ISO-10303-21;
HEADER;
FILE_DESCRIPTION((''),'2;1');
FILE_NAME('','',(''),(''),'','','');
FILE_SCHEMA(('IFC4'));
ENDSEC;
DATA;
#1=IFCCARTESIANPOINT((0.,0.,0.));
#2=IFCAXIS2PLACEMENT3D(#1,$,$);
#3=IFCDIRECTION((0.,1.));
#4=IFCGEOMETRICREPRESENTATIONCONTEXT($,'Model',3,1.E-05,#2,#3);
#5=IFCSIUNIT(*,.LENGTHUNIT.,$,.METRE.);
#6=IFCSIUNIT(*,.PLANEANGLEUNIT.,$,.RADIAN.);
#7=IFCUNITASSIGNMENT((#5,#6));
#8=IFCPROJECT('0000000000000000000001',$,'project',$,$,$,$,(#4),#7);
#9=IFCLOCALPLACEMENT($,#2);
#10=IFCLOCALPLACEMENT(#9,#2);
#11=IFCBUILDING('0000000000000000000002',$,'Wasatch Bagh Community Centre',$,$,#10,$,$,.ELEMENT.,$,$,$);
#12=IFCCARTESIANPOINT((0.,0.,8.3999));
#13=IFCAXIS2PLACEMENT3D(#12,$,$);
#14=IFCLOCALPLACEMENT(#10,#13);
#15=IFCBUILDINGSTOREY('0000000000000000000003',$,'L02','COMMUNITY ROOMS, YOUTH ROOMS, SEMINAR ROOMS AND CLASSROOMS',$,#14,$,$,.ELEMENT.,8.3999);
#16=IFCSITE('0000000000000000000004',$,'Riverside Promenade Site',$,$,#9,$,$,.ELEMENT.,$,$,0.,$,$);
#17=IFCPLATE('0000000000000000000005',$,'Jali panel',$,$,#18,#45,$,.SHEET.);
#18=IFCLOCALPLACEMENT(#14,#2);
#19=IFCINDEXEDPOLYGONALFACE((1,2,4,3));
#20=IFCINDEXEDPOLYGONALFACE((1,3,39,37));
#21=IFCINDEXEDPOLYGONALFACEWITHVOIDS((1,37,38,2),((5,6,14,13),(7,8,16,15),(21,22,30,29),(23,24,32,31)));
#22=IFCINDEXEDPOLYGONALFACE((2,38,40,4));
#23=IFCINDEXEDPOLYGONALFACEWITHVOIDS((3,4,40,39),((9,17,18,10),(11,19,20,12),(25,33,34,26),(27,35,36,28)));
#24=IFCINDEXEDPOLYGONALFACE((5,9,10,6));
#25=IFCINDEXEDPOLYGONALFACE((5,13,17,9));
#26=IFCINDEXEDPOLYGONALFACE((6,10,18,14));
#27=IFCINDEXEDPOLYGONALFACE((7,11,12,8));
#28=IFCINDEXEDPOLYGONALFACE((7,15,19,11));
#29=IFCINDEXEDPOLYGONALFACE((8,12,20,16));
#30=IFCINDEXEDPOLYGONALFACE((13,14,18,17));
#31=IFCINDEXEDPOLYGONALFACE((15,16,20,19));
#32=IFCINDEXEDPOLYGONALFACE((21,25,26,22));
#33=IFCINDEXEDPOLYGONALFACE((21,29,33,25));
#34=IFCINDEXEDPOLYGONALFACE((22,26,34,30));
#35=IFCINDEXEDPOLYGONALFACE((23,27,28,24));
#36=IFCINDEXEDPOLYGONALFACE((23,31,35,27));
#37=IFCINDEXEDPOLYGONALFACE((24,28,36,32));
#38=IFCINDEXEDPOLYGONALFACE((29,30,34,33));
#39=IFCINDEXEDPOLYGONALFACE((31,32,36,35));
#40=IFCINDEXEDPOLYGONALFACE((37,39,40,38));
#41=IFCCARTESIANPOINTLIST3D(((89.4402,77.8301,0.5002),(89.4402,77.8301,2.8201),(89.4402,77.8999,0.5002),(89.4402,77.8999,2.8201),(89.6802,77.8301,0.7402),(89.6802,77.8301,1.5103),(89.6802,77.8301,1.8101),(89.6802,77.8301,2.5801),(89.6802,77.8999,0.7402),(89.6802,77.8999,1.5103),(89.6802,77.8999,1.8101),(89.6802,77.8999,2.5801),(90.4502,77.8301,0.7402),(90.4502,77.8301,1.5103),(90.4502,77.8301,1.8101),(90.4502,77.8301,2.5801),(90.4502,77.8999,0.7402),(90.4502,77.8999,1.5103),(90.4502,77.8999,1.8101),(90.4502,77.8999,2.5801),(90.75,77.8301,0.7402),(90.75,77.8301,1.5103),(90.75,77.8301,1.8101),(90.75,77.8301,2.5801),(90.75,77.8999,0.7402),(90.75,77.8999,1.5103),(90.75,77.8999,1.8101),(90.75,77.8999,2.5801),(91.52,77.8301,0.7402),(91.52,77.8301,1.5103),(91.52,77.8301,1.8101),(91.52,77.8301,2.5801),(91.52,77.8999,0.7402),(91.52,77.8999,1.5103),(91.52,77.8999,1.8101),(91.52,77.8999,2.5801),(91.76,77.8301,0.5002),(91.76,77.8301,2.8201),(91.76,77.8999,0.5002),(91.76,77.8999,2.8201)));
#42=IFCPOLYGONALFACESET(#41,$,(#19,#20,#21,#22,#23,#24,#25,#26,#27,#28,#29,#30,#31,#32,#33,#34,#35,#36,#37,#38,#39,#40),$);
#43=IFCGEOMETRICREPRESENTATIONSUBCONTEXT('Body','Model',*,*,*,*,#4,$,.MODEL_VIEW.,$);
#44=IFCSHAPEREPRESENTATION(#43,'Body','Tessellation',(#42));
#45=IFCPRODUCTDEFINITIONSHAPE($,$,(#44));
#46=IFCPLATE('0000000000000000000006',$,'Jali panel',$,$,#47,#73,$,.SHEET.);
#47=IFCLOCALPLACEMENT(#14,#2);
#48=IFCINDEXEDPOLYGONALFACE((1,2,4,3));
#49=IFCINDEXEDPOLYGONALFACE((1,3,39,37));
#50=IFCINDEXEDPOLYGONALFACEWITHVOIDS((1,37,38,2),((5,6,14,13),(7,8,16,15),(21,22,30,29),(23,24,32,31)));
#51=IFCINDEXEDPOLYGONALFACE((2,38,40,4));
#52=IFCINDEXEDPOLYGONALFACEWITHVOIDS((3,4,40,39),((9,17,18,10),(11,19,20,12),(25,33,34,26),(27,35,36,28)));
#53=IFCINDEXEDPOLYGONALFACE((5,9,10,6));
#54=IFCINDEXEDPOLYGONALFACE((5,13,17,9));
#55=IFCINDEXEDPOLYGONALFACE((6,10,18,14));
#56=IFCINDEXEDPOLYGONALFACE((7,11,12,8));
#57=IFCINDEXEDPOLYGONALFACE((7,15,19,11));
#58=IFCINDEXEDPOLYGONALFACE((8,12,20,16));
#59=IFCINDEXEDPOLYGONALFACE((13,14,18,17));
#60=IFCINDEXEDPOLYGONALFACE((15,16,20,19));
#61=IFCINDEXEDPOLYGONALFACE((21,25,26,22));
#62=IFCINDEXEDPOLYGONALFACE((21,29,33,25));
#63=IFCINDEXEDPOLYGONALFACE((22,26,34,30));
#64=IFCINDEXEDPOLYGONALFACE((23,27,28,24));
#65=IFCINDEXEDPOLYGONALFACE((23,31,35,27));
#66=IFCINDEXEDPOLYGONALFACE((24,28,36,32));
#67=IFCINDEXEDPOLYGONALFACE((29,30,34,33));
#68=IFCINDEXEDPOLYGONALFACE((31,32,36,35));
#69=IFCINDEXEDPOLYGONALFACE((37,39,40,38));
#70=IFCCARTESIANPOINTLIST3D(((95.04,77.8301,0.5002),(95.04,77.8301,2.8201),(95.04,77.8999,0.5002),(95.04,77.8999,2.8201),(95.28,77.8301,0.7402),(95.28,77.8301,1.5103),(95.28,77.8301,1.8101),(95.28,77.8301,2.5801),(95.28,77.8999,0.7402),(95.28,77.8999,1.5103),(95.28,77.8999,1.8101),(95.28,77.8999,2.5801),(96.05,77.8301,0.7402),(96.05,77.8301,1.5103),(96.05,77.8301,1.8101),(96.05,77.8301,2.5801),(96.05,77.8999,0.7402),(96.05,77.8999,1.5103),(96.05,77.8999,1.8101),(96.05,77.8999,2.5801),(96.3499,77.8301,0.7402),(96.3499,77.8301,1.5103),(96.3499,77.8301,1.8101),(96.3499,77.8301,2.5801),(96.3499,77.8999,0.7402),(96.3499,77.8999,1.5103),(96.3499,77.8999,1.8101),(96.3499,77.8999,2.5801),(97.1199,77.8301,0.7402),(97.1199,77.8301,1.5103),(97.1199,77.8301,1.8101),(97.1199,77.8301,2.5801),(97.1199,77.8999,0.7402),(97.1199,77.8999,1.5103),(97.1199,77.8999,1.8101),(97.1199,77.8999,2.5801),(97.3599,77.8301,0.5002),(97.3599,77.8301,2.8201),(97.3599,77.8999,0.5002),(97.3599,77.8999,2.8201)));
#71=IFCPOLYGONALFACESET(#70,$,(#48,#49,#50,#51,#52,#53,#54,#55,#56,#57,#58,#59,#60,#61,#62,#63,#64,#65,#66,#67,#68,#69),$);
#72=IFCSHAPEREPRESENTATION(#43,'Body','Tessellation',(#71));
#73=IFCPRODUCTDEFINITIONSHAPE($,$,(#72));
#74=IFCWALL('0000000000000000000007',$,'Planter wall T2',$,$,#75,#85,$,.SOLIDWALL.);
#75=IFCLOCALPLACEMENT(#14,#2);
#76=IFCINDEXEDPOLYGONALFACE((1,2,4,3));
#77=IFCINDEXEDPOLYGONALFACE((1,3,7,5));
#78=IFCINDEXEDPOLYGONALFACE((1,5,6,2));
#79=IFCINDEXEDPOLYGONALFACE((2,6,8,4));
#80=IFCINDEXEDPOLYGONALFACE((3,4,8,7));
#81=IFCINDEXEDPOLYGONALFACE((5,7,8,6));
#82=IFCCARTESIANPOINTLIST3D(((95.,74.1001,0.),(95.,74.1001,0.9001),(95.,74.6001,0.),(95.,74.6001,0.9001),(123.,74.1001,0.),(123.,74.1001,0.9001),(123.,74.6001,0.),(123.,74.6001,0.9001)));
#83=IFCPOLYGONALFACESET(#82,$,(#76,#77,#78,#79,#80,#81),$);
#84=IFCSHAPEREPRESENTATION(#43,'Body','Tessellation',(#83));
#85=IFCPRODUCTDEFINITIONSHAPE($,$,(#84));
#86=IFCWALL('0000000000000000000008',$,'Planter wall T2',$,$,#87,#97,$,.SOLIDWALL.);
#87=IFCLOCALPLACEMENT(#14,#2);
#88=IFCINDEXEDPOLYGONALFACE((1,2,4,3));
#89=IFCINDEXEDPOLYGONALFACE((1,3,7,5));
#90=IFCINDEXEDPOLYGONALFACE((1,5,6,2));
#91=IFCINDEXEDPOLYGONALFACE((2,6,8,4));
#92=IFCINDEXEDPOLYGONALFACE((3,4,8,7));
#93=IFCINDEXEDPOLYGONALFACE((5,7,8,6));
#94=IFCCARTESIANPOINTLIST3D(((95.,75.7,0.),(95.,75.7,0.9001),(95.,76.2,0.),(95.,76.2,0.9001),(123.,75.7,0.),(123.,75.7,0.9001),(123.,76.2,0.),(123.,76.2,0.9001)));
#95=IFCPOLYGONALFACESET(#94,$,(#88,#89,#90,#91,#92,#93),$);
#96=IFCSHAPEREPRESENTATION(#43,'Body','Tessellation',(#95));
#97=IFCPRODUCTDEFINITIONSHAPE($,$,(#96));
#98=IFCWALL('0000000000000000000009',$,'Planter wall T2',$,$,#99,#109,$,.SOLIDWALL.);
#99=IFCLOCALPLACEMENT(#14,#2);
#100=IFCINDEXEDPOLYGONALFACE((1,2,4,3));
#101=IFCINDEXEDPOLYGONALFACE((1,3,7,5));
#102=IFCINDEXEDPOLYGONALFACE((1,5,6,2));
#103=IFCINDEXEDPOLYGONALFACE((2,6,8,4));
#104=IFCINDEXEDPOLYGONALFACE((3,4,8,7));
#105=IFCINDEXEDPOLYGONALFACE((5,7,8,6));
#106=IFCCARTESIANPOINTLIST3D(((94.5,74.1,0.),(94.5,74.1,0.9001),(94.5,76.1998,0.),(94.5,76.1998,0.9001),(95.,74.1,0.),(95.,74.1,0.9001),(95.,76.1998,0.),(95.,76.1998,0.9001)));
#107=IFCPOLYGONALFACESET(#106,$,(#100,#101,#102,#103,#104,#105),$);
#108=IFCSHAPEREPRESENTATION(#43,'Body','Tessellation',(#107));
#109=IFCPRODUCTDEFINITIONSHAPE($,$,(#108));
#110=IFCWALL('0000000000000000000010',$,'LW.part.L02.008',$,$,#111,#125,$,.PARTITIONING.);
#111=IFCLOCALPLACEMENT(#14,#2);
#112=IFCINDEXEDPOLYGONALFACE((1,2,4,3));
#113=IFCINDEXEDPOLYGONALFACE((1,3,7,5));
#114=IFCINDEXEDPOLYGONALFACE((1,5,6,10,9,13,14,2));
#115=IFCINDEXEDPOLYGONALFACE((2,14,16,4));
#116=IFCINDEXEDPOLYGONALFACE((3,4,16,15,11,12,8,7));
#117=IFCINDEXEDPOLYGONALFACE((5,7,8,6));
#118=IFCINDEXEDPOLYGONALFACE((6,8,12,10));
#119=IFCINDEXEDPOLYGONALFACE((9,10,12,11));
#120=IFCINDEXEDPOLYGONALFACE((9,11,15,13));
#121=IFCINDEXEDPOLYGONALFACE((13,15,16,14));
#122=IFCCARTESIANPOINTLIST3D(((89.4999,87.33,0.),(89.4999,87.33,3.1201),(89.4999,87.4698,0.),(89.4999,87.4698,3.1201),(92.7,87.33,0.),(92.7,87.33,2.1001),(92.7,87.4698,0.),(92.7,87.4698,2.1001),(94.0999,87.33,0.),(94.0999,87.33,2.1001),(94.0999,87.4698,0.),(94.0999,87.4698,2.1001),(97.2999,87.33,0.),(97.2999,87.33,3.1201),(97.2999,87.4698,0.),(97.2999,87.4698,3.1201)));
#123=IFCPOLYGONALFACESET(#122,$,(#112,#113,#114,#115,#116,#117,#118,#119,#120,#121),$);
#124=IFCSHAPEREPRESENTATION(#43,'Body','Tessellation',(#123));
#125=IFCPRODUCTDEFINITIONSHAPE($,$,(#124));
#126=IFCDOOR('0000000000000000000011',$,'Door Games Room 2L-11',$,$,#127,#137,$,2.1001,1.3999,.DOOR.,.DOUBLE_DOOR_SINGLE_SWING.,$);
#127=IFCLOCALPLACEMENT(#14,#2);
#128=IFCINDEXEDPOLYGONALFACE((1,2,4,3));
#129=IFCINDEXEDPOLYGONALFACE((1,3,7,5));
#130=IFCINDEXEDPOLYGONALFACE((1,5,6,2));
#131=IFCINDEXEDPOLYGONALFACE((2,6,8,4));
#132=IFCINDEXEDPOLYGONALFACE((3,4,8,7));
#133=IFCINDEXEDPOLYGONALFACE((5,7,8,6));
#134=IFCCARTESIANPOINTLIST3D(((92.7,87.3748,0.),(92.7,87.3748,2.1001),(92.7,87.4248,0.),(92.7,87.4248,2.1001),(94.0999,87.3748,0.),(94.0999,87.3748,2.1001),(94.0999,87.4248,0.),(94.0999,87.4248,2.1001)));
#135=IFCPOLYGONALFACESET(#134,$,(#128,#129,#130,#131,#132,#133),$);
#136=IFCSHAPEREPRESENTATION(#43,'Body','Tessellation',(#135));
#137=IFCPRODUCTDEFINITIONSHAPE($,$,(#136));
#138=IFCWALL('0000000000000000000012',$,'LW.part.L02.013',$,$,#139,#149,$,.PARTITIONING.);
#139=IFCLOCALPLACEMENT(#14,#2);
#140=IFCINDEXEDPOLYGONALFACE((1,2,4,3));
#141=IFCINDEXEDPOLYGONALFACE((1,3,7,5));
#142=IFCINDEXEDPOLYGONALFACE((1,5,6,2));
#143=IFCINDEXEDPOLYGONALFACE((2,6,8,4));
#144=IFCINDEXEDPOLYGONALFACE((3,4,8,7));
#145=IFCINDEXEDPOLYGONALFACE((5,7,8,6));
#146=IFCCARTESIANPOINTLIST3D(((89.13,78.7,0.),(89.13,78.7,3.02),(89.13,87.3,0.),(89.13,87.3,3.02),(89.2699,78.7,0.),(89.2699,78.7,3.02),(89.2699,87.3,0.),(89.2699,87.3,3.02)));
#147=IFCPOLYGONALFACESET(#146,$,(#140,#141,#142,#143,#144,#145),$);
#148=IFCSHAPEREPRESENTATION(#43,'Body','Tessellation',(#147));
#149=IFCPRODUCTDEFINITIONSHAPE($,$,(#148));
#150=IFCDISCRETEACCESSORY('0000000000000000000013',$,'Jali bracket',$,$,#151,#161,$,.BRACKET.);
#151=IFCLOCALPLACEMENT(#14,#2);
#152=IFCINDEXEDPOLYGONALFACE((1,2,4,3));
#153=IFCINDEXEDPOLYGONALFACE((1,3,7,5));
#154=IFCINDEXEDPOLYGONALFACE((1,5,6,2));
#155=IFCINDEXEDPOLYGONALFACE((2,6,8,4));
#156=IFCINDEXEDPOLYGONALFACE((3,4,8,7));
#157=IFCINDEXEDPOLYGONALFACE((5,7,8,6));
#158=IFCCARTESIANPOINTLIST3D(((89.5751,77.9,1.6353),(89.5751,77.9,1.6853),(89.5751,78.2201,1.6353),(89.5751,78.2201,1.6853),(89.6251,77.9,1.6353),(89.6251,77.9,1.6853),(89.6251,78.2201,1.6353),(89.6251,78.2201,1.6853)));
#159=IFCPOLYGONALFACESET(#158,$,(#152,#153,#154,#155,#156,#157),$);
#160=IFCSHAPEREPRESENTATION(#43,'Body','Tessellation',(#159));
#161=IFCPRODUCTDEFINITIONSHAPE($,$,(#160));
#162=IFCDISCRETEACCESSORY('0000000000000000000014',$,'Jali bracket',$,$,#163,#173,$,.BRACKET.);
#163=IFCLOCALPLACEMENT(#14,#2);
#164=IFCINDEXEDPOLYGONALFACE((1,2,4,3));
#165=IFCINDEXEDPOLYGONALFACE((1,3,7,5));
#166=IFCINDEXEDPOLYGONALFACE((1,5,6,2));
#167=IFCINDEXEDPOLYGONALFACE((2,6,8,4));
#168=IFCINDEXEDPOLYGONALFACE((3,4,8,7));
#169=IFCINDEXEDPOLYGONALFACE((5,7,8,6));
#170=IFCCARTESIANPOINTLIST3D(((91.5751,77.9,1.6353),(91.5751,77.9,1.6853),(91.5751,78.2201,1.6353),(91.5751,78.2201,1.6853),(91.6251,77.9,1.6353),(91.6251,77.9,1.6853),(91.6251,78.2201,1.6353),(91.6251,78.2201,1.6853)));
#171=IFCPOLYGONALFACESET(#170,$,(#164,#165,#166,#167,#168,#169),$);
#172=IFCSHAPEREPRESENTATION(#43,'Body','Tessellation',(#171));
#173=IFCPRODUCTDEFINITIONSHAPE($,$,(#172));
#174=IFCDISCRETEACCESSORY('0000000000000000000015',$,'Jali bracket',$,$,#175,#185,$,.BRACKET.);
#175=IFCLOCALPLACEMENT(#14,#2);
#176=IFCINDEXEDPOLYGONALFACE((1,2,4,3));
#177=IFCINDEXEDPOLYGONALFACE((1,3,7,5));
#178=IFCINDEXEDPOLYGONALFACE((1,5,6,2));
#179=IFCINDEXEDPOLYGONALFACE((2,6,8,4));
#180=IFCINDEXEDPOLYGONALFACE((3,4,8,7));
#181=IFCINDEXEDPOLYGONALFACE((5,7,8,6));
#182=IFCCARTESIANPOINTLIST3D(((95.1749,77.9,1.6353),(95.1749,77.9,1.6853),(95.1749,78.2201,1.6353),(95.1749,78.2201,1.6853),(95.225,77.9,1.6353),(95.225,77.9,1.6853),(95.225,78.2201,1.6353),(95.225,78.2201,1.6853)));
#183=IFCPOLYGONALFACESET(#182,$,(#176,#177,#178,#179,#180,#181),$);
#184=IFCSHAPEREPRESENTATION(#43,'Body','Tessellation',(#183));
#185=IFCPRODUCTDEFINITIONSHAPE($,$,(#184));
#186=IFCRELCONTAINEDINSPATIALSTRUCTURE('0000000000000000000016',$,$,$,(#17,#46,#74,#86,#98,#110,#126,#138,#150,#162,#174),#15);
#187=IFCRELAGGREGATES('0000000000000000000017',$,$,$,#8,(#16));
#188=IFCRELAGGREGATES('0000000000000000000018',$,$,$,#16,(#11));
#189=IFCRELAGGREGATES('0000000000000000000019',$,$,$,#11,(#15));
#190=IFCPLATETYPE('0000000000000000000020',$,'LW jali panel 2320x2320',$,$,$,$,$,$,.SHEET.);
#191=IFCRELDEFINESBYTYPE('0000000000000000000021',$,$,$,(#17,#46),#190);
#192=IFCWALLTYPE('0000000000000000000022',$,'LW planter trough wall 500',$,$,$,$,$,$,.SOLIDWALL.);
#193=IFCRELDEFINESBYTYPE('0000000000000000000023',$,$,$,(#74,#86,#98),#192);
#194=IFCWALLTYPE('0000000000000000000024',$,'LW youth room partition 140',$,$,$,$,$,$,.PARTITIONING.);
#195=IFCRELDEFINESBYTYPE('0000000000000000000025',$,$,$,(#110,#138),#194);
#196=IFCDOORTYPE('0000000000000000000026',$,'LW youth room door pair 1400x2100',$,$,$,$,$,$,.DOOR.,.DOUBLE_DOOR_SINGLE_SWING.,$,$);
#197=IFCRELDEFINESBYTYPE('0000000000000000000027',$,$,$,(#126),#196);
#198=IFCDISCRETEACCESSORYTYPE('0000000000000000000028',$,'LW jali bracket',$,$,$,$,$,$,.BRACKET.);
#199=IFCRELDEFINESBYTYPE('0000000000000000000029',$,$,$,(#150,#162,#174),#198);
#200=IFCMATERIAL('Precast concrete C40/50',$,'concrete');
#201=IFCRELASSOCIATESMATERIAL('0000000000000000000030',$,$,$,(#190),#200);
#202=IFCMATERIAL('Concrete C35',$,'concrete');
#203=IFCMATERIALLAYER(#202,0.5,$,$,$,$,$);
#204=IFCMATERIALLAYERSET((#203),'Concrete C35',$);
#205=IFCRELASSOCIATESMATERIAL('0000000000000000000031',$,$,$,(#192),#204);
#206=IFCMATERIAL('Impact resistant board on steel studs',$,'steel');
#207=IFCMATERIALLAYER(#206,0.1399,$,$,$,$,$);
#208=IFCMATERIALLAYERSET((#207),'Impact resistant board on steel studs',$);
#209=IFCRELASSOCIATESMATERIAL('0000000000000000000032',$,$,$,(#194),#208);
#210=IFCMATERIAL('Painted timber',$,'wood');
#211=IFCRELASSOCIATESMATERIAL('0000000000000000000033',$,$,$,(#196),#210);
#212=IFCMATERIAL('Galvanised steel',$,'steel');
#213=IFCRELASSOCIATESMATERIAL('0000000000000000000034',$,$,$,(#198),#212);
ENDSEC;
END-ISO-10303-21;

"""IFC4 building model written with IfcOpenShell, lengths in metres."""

from ifc_helpers import new_model, si_unit, direction, frame, frame_2d, origin, origin_2d, place, context, subcontext, project, spatial, polyline, rectangle, outline, extrude, material, layer, layer_set, material_profile, profile_set, type_object, element, fill, save


model = new_model("IFC4")

# Units and contexts
model_context = context("Model", 3, precision=1e-05, world=origin(), true_north=direction((0.0, 1.0)))
body_context = subcontext(model_context, "Body", "Model", "MODEL_VIEW")
ifc_project = project(units=[si_unit("LENGTHUNIT", "METRE"), si_unit("PLANEANGLEUNIT", "RADIAN")], contexts=[model_context])

# Site, building, storey
site_placement = place(None, origin())
site = spatial("IfcSite", under=ifc_project, at=site_placement, Name="Riverside Promenade Site", CompositionType="ELEMENT", RefElevation=0.0)
building_placement = place(site_placement, origin())
building = spatial("IfcBuilding", under=site, at=building_placement, Name="Wasatch Bagh Community Centre", CompositionType="ELEMENT")
storey_placement = place(building_placement, frame((0.0, 0.0, 8.3999)))
storey = spatial("IfcBuildingStorey", under=building, at=storey_placement, Name="L02", Description="COMMUNITY ROOMS, YOUTH ROOMS, SEMINAR ROOMS AND CLASSROOMS", CompositionType="ELEMENT", Elevation=8.3999)

# Shared definitions
ifc_material_1 = material(Name="Concrete C35", Category="concrete")

# Plates
ifc_material_2 = material(Name="Precast concrete C40/50", Category="concrete")
ifc_material_profile_1 = material_profile(ifc_material_2, outline(polyline([(-1.1599, -1.1599), (1.1599, -1.1599), (1.1599, 1.1599), (-1.1599, 1.1599), (-1.1599, -1.1599)]), holes=[polyline([(-0.9199, -0.9199), (-0.1499, -0.9199), (-0.1499, -0.1499), (-0.9199, -0.1499), (-0.9199, -0.9199)]), polyline([(-0.9199, 0.1499), (-0.1499, 0.1499), (-0.1499, 0.9199), (-0.9199, 0.9199), (-0.9199, 0.1499)]), polyline([(0.1499, -0.9199), (0.9199, -0.9199), (0.9199, -0.1499), (0.1499, -0.1499), (0.1499, -0.9199)]), polyline([(0.1499, 0.1499), (0.9199, 0.1499), (0.9199, 0.9199), (0.1499, 0.9199), (0.1499, 0.1499)])]), Name="Jali lattice")
ifc_profile_set_1 = profile_set([ifc_material_profile_1], Name="Precast concrete C40/50")
plate_type = type_object("IfcPlateType", Name="LW jali panel 2320x2320", PredefinedType="SHEET", material=ifc_profile_set_1)
for number, where, z_axis, x_axis, name in (
    (1, (90.6001, 77.8999, 1.6602), (0.0, -1.0, 0.0), (1.0, 0.0, 0.0), "Jali panel"),
    (2, (96.2, 77.8999, 1.6602), (0.0, -1.0, 0.0), (1.0, 0.0, 0.0), "Jali panel"),
):
    element("IfcPlate", number, at=place(storey_placement, frame(where, z_axis=z_axis, x_axis=x_axis)), inside=storey, type_object=plate_type, Name=name, PredefinedType="SHEET", context=body_context, shape_type="SweptSolid", body=[
        extrude(outline(polyline([(-1.1599, -1.1599), (1.1599, -1.1599), (1.1599, 1.1599), (-1.1599, 1.1599), (-1.1599, -1.1599)]), holes=[polyline([(-0.9199, -0.9199), (-0.1499, -0.9199), (-0.1499, -0.1499), (-0.9199, -0.1499), (-0.9199, -0.9199)]), polyline([(-0.9199, 0.1499), (-0.1499, 0.1499), (-0.1499, 0.9199), (-0.9199, 0.9199), (-0.9199, 0.1499)]), polyline([(0.1499, -0.9199), (0.9199, -0.9199), (0.9199, -0.1499), (0.1499, -0.1499), (0.1499, -0.9199)]), polyline([(0.1499, 0.1499), (0.9199, 0.1499), (0.9199, 0.9199), (0.1499, 0.9199), (0.1499, 0.1499)])]), origin(), (0.0, 0.0, 1.0), 0.0698),
    ])

# Walls
ifc_layer_1 = layer(ifc_material_1, 0.5)
ifc_layer_set_1 = layer_set([ifc_layer_1], Name="Concrete C35")
wall_type_1 = type_object("IfcWallType", Name="LW planter trough wall 500", PredefinedType="SOLIDWALL", material=ifc_layer_set_1)
for number, where, z_axis, x_axis, name in (
    (3, (95.0, 74.3501, 0.0), (0.0, 0.0, 1.0), (1.0, 0.0, 0.0), "Planter wall T2"),
    (4, (95.0, 75.95, 0.0), (0.0, 0.0, 1.0), (1.0, 0.0, 0.0), "Planter wall T2"),
):
    element("IfcWall", number, at=place(storey_placement, frame(where, z_axis=z_axis, x_axis=x_axis)), inside=storey, type_object=wall_type_1, Name=name, PredefinedType="SOLIDWALL", context=body_context, shape_type="SweptSolid", body=[
        extrude(rectangle(XDim=28.0, YDim=0.5, at=frame_2d((14.0, 0.0))), origin(), (0.0, 0.0, 1.0), 0.9001),
    ])
wall_1_placement = place(storey_placement, frame((94.75, 74.1001, 0.0), z_axis=(0.0, 0.0, 1.0), x_axis=(0.0, 1.0, 0.0)))
element("IfcWall", 5, at=wall_1_placement, inside=storey, type_object=wall_type_1, Name="Planter wall T2", PredefinedType="SOLIDWALL", context=body_context, shape_type="SweptSolid", body=[
    extrude(rectangle(XDim=2.0999, YDim=0.5, at=frame_2d((1.0498, 0.0))), origin(), (0.0, 0.0, 1.0), 0.9001),
])

# Wall, opening, door
ifc_material_3 = material(Name="Impact resistant board on steel studs", Category="steel")
ifc_layer_2 = layer(ifc_material_3, 0.1399)
ifc_layer_set_2 = layer_set([ifc_layer_2], Name="Impact resistant board on steel studs")
wall_type_2 = type_object("IfcWallType", Name="LW youth room partition 140", PredefinedType="PARTITIONING", material=ifc_layer_set_2)
wall_2_placement = place(storey_placement, frame((89.5, 87.3999, 0.0), z_axis=(0.0, 0.0, 1.0), x_axis=(1.0, 0.0, 0.0)))
wall_2 = element("IfcWall", 6, at=wall_2_placement, inside=storey, type_object=wall_type_2, Name="LW.part.L02.008", PredefinedType="PARTITIONING", context=body_context, shape_type="SweptSolid", body=[
    extrude(rectangle(XDim=7.8, YDim=0.1399, at=frame_2d((3.8999, 0.0))), origin(), (0.0, 0.0, 1.0), 3.1201),
])
opening_1_placement = place(wall_2_placement, frame((3.2, 0.0, 0.0)))
opening_1 = element("IfcOpeningElement", 7, at=opening_1_placement, cuts=wall_2, PredefinedType="OPENING", context=body_context, shape_type="SweptSolid", body=[
    extrude(rectangle(XDim=1.3999, YDim=2.1001, at=frame_2d((0.7, 1.05))), frame((0.0, 0.0798, 0.0), z_axis=(0.0, -1.0, 0.0), x_axis=(1.0, 0.0, 0.0)), (0.0, 0.0, 1.0), 0.1599),
])
ifc_material_4 = material(Name="Painted timber", Category="wood")
door_type_1 = type_object("IfcDoorType", Name="LW youth room door pair 1400x2100", OperationType="DOUBLE_DOOR_SINGLE_SWING", PredefinedType="DOOR", material=ifc_material_4)
door_1_placement = place(opening_1_placement, origin())
door_1 = element("IfcDoor", 8, at=door_1_placement, inside=storey, type_object=door_type_1, Name="Door Games Room 2L-11", OperationType="DOUBLE_DOOR_SINGLE_SWING", OverallHeight=2.1001, OverallWidth=1.3999, PredefinedType="DOOR", context=body_context, shape_type="SweptSolid", body=[
    extrude(rectangle(XDim=1.3999, YDim=2.1001, at=frame_2d((0.7, 1.05))), frame((0.0, 0.0249, 0.0), z_axis=(0.0, -1.0, 0.0), x_axis=(1.0, 0.0, 0.0)), (0.0, 0.0, 1.0), 0.05),
])
fill(opening_1, door_1)

# Wall
wall_3_placement = place(storey_placement, frame((89.2, 78.7, 0.0), z_axis=(0.0, 0.0, 1.0), x_axis=(0.0, 1.0, 0.0)))
element("IfcWall", 9, at=wall_3_placement, inside=storey, type_object=wall_type_2, Name="LW.part.L02.013", PredefinedType="PARTITIONING", context=body_context, shape_type="SweptSolid", body=[
    extrude(rectangle(XDim=8.6001, YDim=0.1399, at=frame_2d((4.3, 0.0))), origin(), (0.0, 0.0, 1.0), 3.02),
])

# Discrete accessories
ifc_material_5 = material(Name="Galvanised steel", Category="steel")
discrete_accessory_type = type_object("IfcDiscreteAccessoryType", Name="LW jali bracket", PredefinedType="BRACKET", material=ifc_material_5)
for number, where, z_axis, x_axis, name in (
    (10, (89.6001, 78.0601, 1.6353), (0.0, 0.0, 1.0), (1.0, 0.0, 0.0), "Jali bracket"),
    (11, (91.6001, 78.0601, 1.6353), (0.0, 0.0, 1.0), (1.0, 0.0, 0.0), "Jali bracket"),
    (12, (95.2, 78.0601, 1.6353), (0.0, 0.0, 1.0), (1.0, 0.0, 0.0), "Jali bracket"),
):
    element("IfcDiscreteAccessory", number, at=place(storey_placement, frame(where, z_axis=z_axis, x_axis=x_axis)), inside=storey, type_object=discrete_accessory_type, Name=name, PredefinedType="BRACKET", context=body_context, shape_type="SweptSolid", body=[
        extrude(rectangle(XDim=0.05, YDim=0.3201, at=origin_2d()), origin(), (0.0, 0.0, 1.0), 0.05),
    ])

save(model, "model.ifc")
